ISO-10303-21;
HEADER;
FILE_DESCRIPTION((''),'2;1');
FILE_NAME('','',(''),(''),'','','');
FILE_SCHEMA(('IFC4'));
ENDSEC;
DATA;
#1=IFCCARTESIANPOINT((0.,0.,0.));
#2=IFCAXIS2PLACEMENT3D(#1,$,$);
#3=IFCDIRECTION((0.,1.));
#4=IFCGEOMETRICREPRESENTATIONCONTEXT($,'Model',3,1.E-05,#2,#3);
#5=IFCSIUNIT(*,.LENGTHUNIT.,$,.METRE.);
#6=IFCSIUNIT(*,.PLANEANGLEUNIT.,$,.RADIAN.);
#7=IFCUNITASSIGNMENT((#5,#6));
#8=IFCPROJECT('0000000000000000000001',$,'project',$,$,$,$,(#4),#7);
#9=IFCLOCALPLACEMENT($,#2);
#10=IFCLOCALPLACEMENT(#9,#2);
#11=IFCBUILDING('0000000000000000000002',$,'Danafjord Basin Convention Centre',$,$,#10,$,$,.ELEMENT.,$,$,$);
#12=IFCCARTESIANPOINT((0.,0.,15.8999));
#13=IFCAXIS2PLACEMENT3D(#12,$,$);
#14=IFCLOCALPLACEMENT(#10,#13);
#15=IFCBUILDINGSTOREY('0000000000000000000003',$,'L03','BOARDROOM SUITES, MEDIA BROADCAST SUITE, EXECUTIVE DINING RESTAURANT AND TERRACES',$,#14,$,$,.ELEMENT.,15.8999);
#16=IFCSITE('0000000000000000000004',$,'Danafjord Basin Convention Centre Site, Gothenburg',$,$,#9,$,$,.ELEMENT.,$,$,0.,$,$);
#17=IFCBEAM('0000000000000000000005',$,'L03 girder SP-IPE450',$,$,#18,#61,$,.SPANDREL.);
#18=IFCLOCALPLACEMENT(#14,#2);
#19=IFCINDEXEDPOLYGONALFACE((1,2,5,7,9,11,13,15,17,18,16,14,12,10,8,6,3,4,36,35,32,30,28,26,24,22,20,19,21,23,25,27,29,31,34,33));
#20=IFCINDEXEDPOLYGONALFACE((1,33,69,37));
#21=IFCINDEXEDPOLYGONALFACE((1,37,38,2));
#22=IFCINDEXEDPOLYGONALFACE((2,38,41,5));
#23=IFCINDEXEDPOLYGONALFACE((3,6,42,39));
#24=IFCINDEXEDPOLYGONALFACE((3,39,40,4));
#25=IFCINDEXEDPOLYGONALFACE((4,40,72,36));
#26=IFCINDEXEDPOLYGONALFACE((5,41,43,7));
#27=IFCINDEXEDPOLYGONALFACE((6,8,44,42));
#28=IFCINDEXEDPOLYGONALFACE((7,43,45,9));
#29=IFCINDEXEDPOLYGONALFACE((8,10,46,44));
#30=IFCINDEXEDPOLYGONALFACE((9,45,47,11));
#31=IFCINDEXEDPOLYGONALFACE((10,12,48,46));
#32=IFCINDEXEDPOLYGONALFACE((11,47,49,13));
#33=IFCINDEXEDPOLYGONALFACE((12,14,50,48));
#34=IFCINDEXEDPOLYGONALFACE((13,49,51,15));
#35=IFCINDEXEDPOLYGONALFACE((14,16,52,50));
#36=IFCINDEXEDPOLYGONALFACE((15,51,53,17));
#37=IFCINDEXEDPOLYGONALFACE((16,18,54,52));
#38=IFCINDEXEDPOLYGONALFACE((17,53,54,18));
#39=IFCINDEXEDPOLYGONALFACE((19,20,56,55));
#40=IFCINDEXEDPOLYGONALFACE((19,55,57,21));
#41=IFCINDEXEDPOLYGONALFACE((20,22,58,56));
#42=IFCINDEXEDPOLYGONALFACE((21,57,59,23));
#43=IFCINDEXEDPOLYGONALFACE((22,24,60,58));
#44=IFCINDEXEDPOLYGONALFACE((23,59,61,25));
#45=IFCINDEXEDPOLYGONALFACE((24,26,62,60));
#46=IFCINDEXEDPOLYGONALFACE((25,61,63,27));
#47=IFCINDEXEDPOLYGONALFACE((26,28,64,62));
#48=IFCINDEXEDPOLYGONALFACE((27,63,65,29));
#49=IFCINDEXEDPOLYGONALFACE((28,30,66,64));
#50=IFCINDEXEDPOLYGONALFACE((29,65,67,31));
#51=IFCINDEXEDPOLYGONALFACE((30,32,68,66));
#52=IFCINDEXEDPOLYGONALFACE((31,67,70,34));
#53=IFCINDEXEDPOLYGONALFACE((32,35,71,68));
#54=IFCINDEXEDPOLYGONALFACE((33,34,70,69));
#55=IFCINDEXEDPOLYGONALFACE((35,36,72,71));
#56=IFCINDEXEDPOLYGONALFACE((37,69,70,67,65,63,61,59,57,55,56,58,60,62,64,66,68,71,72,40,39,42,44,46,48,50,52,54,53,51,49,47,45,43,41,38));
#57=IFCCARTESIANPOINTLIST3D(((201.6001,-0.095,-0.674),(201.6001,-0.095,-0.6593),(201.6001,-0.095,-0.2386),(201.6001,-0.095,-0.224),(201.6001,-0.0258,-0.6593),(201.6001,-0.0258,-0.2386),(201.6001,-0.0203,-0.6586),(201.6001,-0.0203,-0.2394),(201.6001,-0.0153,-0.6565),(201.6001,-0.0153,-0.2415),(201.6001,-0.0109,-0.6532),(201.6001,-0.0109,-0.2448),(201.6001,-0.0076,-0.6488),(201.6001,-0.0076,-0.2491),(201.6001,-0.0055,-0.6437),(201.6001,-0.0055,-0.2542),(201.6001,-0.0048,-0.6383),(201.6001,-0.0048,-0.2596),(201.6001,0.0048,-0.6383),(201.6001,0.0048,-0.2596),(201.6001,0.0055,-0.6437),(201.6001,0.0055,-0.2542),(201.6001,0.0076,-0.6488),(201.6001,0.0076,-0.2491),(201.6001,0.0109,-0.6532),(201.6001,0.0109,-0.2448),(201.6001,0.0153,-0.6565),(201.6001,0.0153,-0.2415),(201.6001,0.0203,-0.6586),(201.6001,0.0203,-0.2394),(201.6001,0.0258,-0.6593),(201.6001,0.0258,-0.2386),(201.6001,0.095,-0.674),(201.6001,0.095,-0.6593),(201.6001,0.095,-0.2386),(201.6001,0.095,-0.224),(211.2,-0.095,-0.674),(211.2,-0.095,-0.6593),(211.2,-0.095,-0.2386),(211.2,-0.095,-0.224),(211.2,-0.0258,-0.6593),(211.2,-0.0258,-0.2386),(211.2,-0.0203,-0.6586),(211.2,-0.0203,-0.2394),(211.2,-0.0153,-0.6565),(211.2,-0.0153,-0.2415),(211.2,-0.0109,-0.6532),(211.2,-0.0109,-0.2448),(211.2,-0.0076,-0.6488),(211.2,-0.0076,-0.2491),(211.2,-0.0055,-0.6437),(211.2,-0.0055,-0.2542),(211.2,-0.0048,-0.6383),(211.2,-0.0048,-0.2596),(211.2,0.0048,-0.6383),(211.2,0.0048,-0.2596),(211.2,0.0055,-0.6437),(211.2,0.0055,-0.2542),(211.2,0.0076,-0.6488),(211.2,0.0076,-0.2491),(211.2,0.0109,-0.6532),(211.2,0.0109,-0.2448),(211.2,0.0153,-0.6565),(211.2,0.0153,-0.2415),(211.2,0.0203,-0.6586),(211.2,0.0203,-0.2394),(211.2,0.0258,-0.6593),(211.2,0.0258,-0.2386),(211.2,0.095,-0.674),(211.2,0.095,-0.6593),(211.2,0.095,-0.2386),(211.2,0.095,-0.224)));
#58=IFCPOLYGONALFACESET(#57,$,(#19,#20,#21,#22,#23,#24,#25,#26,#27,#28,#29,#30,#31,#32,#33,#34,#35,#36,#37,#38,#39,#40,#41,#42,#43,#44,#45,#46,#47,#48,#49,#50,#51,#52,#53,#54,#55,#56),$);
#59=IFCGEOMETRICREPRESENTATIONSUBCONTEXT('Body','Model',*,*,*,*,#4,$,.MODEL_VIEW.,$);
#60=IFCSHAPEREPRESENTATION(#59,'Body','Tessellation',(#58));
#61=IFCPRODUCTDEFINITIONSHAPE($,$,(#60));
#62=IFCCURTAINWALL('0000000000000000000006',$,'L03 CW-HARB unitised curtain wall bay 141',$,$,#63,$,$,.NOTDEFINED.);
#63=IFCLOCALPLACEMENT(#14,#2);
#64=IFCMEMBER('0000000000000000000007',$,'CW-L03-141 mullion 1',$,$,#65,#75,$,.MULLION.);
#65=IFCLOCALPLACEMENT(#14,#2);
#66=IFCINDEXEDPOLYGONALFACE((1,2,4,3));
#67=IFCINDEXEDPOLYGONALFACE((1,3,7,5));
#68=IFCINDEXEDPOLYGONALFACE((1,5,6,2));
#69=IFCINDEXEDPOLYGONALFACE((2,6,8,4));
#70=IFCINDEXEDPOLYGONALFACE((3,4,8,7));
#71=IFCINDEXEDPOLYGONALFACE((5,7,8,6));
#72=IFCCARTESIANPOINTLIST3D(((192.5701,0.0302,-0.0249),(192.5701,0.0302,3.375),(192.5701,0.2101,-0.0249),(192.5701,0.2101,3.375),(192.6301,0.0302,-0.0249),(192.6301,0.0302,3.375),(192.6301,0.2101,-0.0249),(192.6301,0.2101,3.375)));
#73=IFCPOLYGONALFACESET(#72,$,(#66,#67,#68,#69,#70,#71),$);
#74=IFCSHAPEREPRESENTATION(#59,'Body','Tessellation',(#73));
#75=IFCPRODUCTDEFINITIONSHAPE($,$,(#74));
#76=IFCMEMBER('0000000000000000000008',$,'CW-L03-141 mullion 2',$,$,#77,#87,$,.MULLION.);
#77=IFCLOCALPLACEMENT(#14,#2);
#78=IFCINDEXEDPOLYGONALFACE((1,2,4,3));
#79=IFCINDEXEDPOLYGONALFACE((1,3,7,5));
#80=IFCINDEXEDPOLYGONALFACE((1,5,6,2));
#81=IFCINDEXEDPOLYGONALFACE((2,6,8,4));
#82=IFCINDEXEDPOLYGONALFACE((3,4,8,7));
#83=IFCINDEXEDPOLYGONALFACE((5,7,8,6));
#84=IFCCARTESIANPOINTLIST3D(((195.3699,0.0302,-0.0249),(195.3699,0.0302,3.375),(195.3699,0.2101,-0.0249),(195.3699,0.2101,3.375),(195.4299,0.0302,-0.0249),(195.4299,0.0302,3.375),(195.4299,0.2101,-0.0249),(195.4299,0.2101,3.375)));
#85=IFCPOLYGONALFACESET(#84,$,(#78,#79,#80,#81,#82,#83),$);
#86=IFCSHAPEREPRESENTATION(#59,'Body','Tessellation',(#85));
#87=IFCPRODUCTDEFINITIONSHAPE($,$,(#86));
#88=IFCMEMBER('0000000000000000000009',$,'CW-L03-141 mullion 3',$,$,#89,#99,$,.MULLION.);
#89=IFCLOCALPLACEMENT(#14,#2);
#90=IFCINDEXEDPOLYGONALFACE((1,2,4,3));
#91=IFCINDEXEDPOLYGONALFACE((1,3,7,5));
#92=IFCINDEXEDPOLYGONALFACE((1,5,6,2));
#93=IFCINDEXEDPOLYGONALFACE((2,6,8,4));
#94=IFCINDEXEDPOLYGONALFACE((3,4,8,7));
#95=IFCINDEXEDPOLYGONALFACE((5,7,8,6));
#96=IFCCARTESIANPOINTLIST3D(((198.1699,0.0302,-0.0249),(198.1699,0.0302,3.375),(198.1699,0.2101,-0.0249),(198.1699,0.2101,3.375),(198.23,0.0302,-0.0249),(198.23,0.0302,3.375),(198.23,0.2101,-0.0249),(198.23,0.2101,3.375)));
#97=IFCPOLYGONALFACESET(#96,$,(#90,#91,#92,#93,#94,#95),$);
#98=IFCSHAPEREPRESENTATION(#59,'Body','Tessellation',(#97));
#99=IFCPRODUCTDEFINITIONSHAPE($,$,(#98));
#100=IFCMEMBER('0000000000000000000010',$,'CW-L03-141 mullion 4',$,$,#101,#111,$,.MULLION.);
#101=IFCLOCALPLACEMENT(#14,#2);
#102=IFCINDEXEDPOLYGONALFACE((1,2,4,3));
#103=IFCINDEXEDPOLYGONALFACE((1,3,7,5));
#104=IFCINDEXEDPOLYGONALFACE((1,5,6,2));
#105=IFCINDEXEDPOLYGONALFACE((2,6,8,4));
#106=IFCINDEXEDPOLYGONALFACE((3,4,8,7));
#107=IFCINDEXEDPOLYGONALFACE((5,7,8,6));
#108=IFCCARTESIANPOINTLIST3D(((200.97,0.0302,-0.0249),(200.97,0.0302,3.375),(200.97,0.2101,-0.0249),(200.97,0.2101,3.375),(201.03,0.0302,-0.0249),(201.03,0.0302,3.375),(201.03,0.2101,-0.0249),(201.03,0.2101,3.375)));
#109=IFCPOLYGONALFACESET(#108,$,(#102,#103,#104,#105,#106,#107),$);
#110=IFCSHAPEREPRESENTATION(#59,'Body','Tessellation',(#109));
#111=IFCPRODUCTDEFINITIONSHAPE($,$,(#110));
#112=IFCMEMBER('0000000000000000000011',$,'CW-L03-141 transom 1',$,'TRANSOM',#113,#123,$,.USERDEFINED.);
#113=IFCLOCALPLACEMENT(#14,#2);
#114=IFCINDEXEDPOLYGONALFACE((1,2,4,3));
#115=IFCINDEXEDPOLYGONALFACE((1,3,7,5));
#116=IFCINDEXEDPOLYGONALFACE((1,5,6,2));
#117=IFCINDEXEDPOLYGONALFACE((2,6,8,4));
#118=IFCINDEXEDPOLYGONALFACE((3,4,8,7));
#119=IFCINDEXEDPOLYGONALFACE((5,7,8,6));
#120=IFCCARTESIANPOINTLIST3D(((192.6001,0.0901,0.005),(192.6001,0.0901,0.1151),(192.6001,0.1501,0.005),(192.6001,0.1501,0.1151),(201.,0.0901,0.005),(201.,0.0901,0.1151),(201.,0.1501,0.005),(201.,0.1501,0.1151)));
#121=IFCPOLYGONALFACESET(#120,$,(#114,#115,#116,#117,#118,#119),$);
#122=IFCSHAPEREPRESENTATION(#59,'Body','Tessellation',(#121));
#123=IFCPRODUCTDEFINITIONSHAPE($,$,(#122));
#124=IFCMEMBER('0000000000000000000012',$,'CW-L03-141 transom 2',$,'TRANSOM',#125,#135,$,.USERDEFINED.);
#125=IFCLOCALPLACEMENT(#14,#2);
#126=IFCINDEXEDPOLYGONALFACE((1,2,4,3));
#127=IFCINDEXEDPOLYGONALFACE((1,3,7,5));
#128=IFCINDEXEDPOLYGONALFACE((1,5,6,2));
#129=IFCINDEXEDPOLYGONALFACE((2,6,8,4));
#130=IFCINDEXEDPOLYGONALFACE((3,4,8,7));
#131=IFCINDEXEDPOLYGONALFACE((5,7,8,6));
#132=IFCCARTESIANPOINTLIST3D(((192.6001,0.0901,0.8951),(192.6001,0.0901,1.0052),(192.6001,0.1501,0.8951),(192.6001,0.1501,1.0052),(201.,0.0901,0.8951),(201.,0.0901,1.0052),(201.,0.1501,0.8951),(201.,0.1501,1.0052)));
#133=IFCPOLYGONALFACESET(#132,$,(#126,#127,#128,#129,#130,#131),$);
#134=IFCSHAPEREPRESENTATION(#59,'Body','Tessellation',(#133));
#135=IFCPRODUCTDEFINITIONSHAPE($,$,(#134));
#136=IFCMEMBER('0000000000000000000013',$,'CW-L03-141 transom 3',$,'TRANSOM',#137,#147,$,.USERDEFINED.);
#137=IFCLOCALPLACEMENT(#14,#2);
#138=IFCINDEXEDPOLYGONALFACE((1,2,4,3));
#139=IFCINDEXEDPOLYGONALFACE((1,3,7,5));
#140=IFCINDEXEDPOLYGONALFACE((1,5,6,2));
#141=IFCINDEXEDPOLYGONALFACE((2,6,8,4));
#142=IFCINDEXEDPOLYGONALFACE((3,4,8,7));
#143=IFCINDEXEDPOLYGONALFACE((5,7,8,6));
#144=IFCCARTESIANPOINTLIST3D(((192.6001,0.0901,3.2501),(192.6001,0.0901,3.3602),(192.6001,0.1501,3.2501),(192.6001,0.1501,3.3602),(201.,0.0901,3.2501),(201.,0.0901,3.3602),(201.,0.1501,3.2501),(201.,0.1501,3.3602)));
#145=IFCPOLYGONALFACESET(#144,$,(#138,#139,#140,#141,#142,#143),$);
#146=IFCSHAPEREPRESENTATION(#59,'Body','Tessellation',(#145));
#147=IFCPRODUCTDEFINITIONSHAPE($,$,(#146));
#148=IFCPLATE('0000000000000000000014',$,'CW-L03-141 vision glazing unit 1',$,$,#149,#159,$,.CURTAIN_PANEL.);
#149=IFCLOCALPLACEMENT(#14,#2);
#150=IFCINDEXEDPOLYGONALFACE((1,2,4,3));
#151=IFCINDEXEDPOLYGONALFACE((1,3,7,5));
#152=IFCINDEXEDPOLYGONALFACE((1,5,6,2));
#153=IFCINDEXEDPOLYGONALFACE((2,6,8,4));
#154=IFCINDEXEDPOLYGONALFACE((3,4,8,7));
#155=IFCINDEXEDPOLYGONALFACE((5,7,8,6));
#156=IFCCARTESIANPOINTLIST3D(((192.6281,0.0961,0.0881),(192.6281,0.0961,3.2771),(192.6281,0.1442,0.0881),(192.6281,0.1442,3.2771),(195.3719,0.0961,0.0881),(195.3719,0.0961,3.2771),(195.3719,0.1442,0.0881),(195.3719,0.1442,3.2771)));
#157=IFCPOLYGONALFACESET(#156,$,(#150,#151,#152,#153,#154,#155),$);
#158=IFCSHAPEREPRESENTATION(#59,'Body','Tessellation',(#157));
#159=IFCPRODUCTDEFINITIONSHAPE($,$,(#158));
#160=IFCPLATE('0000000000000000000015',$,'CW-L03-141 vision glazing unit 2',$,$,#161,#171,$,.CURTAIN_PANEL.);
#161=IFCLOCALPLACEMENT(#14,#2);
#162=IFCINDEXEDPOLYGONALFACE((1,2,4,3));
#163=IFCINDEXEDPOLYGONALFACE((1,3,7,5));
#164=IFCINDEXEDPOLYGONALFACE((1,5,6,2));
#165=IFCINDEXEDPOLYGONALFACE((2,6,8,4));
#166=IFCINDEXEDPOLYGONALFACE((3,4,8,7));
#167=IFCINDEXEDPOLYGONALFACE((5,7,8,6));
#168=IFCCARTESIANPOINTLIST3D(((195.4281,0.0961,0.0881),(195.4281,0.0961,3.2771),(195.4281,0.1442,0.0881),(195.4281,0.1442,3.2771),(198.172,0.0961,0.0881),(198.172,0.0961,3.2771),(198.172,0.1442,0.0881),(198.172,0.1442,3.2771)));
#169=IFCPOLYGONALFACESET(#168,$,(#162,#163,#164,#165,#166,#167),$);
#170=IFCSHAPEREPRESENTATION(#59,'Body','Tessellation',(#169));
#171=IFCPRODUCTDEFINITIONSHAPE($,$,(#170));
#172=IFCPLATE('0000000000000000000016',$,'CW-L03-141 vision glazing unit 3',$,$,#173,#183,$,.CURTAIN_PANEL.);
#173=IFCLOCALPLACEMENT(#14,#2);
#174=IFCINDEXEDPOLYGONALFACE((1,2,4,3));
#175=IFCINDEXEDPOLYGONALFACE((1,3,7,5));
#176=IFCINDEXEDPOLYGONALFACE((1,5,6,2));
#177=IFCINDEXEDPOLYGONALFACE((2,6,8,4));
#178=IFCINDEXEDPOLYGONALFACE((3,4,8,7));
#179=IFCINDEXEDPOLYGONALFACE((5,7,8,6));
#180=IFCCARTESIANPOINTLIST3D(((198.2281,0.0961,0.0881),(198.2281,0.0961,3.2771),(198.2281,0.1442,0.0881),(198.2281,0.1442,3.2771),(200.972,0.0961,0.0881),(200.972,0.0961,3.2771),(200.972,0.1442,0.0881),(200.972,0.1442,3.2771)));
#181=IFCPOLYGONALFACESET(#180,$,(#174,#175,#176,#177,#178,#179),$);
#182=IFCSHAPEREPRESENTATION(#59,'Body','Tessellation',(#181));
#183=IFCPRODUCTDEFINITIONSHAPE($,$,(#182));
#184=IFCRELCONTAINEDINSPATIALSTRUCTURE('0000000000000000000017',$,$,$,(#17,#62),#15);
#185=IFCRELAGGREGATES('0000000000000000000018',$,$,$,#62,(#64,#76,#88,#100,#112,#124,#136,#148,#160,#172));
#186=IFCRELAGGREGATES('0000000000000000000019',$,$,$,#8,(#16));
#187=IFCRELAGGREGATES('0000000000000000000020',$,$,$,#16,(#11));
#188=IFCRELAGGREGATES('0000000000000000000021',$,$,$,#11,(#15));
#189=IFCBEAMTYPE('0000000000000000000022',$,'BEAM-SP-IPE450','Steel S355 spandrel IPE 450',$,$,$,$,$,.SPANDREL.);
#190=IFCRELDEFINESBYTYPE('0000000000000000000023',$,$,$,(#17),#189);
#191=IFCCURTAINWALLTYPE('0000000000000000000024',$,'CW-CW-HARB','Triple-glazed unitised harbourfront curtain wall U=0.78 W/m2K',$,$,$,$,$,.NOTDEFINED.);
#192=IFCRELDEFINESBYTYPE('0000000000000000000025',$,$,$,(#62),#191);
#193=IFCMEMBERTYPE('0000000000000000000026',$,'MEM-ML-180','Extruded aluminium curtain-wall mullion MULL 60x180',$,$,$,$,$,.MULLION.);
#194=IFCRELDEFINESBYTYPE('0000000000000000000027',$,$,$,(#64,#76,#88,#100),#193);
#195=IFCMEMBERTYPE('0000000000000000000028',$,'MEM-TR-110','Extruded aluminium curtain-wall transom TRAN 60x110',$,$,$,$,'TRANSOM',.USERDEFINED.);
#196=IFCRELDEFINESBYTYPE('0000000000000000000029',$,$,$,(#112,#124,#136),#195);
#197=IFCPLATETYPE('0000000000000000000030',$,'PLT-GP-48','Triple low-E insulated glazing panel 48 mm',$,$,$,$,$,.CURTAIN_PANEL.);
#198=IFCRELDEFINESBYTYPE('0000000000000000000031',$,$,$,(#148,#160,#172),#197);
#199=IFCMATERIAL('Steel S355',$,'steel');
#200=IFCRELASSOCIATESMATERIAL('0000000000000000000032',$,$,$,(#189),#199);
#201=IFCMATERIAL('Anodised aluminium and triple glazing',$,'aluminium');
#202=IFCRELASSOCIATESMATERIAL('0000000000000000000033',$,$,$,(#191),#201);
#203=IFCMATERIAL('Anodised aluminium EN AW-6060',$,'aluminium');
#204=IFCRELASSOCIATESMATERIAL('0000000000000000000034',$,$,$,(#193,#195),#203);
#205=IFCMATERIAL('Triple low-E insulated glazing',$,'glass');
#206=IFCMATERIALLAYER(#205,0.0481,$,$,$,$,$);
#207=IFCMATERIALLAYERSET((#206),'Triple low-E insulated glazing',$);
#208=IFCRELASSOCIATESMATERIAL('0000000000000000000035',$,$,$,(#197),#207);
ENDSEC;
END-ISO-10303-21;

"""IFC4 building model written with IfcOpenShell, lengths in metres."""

from ifc_helpers import new_model, si_unit, direction, frame, origin, origin_2d, place, context, subcontext, project, spatial, rectangle, i_section, extrude, material, layer, layer_set, material_profile, profile_set, type_object, element, aggregate, save


model = new_model("IFC4")

# Units and contexts
model_context = context("Model", 3, precision=1e-05, world=origin(), true_north=direction((0.0, 1.0)))
body_context = subcontext(model_context, "Body", "Model", "MODEL_VIEW")
ifc_project = project(units=[si_unit("LENGTHUNIT", "METRE"), si_unit("PLANEANGLEUNIT", "RADIAN")], contexts=[model_context])

# Site, building, storey
site_placement = place(None, origin())
site = spatial("IfcSite", under=ifc_project, at=site_placement, Name="Danafjord Basin Convention Centre Site, Gothenburg", CompositionType="ELEMENT", RefElevation=0.0)
building_placement = place(site_placement, origin())
building = spatial("IfcBuilding", under=site, at=building_placement, Name="Danafjord Basin Convention Centre", CompositionType="ELEMENT")
storey_placement = place(building_placement, frame((0.0, 0.0, 15.8999)))
storey = spatial("IfcBuildingStorey", under=building, at=storey_placement, Name="L03", Description="BOARDROOM SUITES, MEDIA BROADCAST SUITE, EXECUTIVE DINING RESTAURANT AND TERRACES", CompositionType="ELEMENT", Elevation=15.8999)

# Shared definitions
ifc_material_1 = material(Name="Steel S355", Category="steel")

# Beam
ifc_material_profile_1 = material_profile(ifc_material_1, i_section(OverallWidth=0.1899, OverallDepth=0.45, WebThickness=0.0095, FlangeThickness=0.0146, FilletRadius=0.021, at=origin_2d()), Name="IPE 450")
ifc_profile_set_1 = profile_set([ifc_material_profile_1], Name="Steel S355")
beam_type_1 = type_object("IfcBeamType", Name="BEAM-SP-IPE450", Description="Steel S355 spandrel IPE 450", PredefinedType="SPANDREL", material=ifc_profile_set_1)
beam_1_placement = place(storey_placement, frame((201.6001, 0.0, -0.449), z_axis=(1.0, 0.0, 0.0), x_axis=(0.0, 1.0, 0.0)))
element("IfcBeam", 1, at=beam_1_placement, inside=storey, type_object=beam_type_1, Name="L03 girder SP-IPE450", PredefinedType="SPANDREL", context=body_context, shape_type="SweptSolid", body=[
    extrude(i_section(OverallWidth=0.1899, OverallDepth=0.45, WebThickness=0.0095, FlangeThickness=0.0146, FilletRadius=0.021, at=origin_2d()), origin(), (0.0, 0.0, 1.0), 9.5999),
])

# Curtain wall, members, plates
ifc_material_2 = material(Name="Anodised aluminium and triple glazing", Category="aluminium")
curtain_wall_type = type_object("IfcCurtainWallType", Name="CW-CW-HARB", Description="Triple-glazed unitised harbourfront curtain wall U=0.78 W/m2K", PredefinedType="NOTDEFINED", material=ifc_material_2)
curtain_wall_placement = place(storey_placement, origin())
curtain_wall = element("IfcCurtainWall", 2, at=curtain_wall_placement, inside=storey, type_object=curtain_wall_type, Name="L03 CW-HARB unitised curtain wall bay 141", PredefinedType="NOTDEFINED")
ifc_material_3 = material(Name="Anodised aluminium EN AW-6060", Category="aluminium")
ifc_material_profile_2 = material_profile(ifc_material_3, rectangle(XDim=0.0601, YDim=0.1799, at=origin_2d()), Name="MULL 60x180")
ifc_profile_set_2 = profile_set([ifc_material_profile_2], Name="Anodised aluminium EN AW-6060")
member_type_1 = type_object("IfcMemberType", Name="MEM-ML-180", Description="Extruded aluminium curtain-wall mullion MULL 60x180", PredefinedType="MULLION", material=ifc_profile_set_2)
member_1_placement = place(storey_placement, frame((192.6001, 0.1201, -0.0249), z_axis=(0.0, 0.0, 1.0), x_axis=(1.0, 0.0, 0.0)))
member_1 = element("IfcMember", 3, at=member_1_placement, type_object=member_type_1, Name="CW-L03-141 mullion 1", PredefinedType="MULLION", context=body_context, shape_type="SweptSolid", body=[
    extrude(rectangle(XDim=0.0601, YDim=0.1799, at=origin_2d()), origin(), (0.0, 0.0, 1.0), 3.3999),
])
member_2_placement = place(storey_placement, frame((195.3999, 0.1201, -0.0249), z_axis=(0.0, 0.0, 1.0), x_axis=(1.0, 0.0, 0.0)))
member_2 = element("IfcMember", 4, at=member_2_placement, type_object=member_type_1, Name="CW-L03-141 mullion 2", PredefinedType="MULLION", context=body_context, shape_type="SweptSolid", body=[
    extrude(rectangle(XDim=0.0601, YDim=0.1799, at=origin_2d()), origin(), (0.0, 0.0, 1.0), 3.3999),
])
member_3_placement = place(storey_placement, frame((198.2, 0.1201, -0.0249), z_axis=(0.0, 0.0, 1.0), x_axis=(1.0, 0.0, 0.0)))
member_3 = element("IfcMember", 5, at=member_3_placement, type_object=member_type_1, Name="CW-L03-141 mullion 3", PredefinedType="MULLION", context=body_context, shape_type="SweptSolid", body=[
    extrude(rectangle(XDim=0.0601, YDim=0.1799, at=origin_2d()), origin(), (0.0, 0.0, 1.0), 3.3999),
])
member_4_placement = place(storey_placement, frame((201.0, 0.1201, -0.0249), z_axis=(0.0, 0.0, 1.0), x_axis=(1.0, 0.0, 0.0)))
member_4 = element("IfcMember", 6, at=member_4_placement, type_object=member_type_1, Name="CW-L03-141 mullion 4", PredefinedType="MULLION", context=body_context, shape_type="SweptSolid", body=[
    extrude(rectangle(XDim=0.0601, YDim=0.1799, at=origin_2d()), origin(), (0.0, 0.0, 1.0), 3.3999),
])
ifc_material_profile_3 = material_profile(ifc_material_3, rectangle(XDim=0.0601, YDim=0.1101, at=origin_2d()), Name="TRAN 60x110")
ifc_profile_set_3 = profile_set([ifc_material_profile_3], Name="Anodised aluminium EN AW-6060")
member_type_2 = type_object("IfcMemberType", Name="MEM-TR-110", Description="Extruded aluminium curtain-wall transom TRAN 60x110", ElementType="TRANSOM", PredefinedType="USERDEFINED", material=ifc_profile_set_3)
member_5_placement = place(storey_placement, frame((192.6001, 0.1201, 0.0601), z_axis=(1.0, 0.0, 0.0), x_axis=(0.0, 1.0, 0.0)))
member_5 = element("IfcMember", 7, at=member_5_placement, type_object=member_type_2, Name="CW-L03-141 transom 1", ObjectType="TRANSOM", PredefinedType="USERDEFINED", context=body_context, shape_type="SweptSolid", body=[
    extrude(rectangle(XDim=0.0601, YDim=0.1101, at=origin_2d()), origin(), (0.0, 0.0, 1.0), 8.3999),
])
member_6_placement = place(storey_placement, frame((192.6001, 0.1201, 0.9502), z_axis=(1.0, 0.0, 0.0), x_axis=(0.0, 1.0, 0.0)))
member_6 = element("IfcMember", 8, at=member_6_placement, type_object=member_type_2, Name="CW-L03-141 transom 2", ObjectType="TRANSOM", PredefinedType="USERDEFINED", context=body_context, shape_type="SweptSolid", body=[
    extrude(rectangle(XDim=0.0601, YDim=0.1101, at=origin_2d()), origin(), (0.0, 0.0, 1.0), 8.3999),
])
member_7_placement = place(storey_placement, frame((192.6001, 0.1201, 3.3052), z_axis=(1.0, 0.0, 0.0), x_axis=(0.0, 1.0, 0.0)))
member_7 = element("IfcMember", 9, at=member_7_placement, type_object=member_type_2, Name="CW-L03-141 transom 3", ObjectType="TRANSOM", PredefinedType="USERDEFINED", context=body_context, shape_type="SweptSolid", body=[
    extrude(rectangle(XDim=0.0601, YDim=0.1101, at=origin_2d()), origin(), (0.0, 0.0, 1.0), 8.3999),
])
ifc_material_4 = material(Name="Triple low-E insulated glazing", Category="glass")
ifc_layer_1 = layer(ifc_material_4, 0.0481)
ifc_layer_set_1 = layer_set([ifc_layer_1], Name="Triple low-E insulated glazing")
plate_type = type_object("IfcPlateType", Name="PLT-GP-48", Description="Triple low-E insulated glazing panel 48 mm", PredefinedType="CURTAIN_PANEL", material=ifc_layer_set_1)
plate_1_placement = place(storey_placement, frame((194.0, 0.1201, 0.0881), z_axis=(0.0, 0.0, 1.0), x_axis=(1.0, 0.0, 0.0)))
plate_1 = element("IfcPlate", 10, at=plate_1_placement, type_object=plate_type, Name="CW-L03-141 vision glazing unit 1", PredefinedType="CURTAIN_PANEL", context=body_context, shape_type="SweptSolid", body=[
    extrude(rectangle(XDim=2.7439, YDim=0.0481, at=origin_2d()), origin(), (0.0, 0.0, 1.0), 3.189),
])
plate_2_placement = place(storey_placement, frame((196.8, 0.1201, 0.0881), z_axis=(0.0, 0.0, 1.0), x_axis=(1.0, 0.0, 0.0)))
plate_2 = element("IfcPlate", 11, at=plate_2_placement, type_object=plate_type, Name="CW-L03-141 vision glazing unit 2", PredefinedType="CURTAIN_PANEL", context=body_context, shape_type="SweptSolid", body=[
    extrude(rectangle(XDim=2.7439, YDim=0.0481, at=origin_2d()), origin(), (0.0, 0.0, 1.0), 3.189),
])
plate_3_placement = place(storey_placement, frame((199.6001, 0.1201, 0.0881), z_axis=(0.0, 0.0, 1.0), x_axis=(1.0, 0.0, 0.0)))
plate_3 = element("IfcPlate", 12, at=plate_3_placement, type_object=plate_type, Name="CW-L03-141 vision glazing unit 3", PredefinedType="CURTAIN_PANEL", context=body_context, shape_type="SweptSolid", body=[
    extrude(rectangle(XDim=2.7439, YDim=0.0481, at=origin_2d()), origin(), (0.0, 0.0, 1.0), 3.189),
])
aggregate(curtain_wall, [member_1, member_2, member_3, member_4, member_5, member_6, member_7, plate_1, plate_2, plate_3])

save(model, "model.ifc")
